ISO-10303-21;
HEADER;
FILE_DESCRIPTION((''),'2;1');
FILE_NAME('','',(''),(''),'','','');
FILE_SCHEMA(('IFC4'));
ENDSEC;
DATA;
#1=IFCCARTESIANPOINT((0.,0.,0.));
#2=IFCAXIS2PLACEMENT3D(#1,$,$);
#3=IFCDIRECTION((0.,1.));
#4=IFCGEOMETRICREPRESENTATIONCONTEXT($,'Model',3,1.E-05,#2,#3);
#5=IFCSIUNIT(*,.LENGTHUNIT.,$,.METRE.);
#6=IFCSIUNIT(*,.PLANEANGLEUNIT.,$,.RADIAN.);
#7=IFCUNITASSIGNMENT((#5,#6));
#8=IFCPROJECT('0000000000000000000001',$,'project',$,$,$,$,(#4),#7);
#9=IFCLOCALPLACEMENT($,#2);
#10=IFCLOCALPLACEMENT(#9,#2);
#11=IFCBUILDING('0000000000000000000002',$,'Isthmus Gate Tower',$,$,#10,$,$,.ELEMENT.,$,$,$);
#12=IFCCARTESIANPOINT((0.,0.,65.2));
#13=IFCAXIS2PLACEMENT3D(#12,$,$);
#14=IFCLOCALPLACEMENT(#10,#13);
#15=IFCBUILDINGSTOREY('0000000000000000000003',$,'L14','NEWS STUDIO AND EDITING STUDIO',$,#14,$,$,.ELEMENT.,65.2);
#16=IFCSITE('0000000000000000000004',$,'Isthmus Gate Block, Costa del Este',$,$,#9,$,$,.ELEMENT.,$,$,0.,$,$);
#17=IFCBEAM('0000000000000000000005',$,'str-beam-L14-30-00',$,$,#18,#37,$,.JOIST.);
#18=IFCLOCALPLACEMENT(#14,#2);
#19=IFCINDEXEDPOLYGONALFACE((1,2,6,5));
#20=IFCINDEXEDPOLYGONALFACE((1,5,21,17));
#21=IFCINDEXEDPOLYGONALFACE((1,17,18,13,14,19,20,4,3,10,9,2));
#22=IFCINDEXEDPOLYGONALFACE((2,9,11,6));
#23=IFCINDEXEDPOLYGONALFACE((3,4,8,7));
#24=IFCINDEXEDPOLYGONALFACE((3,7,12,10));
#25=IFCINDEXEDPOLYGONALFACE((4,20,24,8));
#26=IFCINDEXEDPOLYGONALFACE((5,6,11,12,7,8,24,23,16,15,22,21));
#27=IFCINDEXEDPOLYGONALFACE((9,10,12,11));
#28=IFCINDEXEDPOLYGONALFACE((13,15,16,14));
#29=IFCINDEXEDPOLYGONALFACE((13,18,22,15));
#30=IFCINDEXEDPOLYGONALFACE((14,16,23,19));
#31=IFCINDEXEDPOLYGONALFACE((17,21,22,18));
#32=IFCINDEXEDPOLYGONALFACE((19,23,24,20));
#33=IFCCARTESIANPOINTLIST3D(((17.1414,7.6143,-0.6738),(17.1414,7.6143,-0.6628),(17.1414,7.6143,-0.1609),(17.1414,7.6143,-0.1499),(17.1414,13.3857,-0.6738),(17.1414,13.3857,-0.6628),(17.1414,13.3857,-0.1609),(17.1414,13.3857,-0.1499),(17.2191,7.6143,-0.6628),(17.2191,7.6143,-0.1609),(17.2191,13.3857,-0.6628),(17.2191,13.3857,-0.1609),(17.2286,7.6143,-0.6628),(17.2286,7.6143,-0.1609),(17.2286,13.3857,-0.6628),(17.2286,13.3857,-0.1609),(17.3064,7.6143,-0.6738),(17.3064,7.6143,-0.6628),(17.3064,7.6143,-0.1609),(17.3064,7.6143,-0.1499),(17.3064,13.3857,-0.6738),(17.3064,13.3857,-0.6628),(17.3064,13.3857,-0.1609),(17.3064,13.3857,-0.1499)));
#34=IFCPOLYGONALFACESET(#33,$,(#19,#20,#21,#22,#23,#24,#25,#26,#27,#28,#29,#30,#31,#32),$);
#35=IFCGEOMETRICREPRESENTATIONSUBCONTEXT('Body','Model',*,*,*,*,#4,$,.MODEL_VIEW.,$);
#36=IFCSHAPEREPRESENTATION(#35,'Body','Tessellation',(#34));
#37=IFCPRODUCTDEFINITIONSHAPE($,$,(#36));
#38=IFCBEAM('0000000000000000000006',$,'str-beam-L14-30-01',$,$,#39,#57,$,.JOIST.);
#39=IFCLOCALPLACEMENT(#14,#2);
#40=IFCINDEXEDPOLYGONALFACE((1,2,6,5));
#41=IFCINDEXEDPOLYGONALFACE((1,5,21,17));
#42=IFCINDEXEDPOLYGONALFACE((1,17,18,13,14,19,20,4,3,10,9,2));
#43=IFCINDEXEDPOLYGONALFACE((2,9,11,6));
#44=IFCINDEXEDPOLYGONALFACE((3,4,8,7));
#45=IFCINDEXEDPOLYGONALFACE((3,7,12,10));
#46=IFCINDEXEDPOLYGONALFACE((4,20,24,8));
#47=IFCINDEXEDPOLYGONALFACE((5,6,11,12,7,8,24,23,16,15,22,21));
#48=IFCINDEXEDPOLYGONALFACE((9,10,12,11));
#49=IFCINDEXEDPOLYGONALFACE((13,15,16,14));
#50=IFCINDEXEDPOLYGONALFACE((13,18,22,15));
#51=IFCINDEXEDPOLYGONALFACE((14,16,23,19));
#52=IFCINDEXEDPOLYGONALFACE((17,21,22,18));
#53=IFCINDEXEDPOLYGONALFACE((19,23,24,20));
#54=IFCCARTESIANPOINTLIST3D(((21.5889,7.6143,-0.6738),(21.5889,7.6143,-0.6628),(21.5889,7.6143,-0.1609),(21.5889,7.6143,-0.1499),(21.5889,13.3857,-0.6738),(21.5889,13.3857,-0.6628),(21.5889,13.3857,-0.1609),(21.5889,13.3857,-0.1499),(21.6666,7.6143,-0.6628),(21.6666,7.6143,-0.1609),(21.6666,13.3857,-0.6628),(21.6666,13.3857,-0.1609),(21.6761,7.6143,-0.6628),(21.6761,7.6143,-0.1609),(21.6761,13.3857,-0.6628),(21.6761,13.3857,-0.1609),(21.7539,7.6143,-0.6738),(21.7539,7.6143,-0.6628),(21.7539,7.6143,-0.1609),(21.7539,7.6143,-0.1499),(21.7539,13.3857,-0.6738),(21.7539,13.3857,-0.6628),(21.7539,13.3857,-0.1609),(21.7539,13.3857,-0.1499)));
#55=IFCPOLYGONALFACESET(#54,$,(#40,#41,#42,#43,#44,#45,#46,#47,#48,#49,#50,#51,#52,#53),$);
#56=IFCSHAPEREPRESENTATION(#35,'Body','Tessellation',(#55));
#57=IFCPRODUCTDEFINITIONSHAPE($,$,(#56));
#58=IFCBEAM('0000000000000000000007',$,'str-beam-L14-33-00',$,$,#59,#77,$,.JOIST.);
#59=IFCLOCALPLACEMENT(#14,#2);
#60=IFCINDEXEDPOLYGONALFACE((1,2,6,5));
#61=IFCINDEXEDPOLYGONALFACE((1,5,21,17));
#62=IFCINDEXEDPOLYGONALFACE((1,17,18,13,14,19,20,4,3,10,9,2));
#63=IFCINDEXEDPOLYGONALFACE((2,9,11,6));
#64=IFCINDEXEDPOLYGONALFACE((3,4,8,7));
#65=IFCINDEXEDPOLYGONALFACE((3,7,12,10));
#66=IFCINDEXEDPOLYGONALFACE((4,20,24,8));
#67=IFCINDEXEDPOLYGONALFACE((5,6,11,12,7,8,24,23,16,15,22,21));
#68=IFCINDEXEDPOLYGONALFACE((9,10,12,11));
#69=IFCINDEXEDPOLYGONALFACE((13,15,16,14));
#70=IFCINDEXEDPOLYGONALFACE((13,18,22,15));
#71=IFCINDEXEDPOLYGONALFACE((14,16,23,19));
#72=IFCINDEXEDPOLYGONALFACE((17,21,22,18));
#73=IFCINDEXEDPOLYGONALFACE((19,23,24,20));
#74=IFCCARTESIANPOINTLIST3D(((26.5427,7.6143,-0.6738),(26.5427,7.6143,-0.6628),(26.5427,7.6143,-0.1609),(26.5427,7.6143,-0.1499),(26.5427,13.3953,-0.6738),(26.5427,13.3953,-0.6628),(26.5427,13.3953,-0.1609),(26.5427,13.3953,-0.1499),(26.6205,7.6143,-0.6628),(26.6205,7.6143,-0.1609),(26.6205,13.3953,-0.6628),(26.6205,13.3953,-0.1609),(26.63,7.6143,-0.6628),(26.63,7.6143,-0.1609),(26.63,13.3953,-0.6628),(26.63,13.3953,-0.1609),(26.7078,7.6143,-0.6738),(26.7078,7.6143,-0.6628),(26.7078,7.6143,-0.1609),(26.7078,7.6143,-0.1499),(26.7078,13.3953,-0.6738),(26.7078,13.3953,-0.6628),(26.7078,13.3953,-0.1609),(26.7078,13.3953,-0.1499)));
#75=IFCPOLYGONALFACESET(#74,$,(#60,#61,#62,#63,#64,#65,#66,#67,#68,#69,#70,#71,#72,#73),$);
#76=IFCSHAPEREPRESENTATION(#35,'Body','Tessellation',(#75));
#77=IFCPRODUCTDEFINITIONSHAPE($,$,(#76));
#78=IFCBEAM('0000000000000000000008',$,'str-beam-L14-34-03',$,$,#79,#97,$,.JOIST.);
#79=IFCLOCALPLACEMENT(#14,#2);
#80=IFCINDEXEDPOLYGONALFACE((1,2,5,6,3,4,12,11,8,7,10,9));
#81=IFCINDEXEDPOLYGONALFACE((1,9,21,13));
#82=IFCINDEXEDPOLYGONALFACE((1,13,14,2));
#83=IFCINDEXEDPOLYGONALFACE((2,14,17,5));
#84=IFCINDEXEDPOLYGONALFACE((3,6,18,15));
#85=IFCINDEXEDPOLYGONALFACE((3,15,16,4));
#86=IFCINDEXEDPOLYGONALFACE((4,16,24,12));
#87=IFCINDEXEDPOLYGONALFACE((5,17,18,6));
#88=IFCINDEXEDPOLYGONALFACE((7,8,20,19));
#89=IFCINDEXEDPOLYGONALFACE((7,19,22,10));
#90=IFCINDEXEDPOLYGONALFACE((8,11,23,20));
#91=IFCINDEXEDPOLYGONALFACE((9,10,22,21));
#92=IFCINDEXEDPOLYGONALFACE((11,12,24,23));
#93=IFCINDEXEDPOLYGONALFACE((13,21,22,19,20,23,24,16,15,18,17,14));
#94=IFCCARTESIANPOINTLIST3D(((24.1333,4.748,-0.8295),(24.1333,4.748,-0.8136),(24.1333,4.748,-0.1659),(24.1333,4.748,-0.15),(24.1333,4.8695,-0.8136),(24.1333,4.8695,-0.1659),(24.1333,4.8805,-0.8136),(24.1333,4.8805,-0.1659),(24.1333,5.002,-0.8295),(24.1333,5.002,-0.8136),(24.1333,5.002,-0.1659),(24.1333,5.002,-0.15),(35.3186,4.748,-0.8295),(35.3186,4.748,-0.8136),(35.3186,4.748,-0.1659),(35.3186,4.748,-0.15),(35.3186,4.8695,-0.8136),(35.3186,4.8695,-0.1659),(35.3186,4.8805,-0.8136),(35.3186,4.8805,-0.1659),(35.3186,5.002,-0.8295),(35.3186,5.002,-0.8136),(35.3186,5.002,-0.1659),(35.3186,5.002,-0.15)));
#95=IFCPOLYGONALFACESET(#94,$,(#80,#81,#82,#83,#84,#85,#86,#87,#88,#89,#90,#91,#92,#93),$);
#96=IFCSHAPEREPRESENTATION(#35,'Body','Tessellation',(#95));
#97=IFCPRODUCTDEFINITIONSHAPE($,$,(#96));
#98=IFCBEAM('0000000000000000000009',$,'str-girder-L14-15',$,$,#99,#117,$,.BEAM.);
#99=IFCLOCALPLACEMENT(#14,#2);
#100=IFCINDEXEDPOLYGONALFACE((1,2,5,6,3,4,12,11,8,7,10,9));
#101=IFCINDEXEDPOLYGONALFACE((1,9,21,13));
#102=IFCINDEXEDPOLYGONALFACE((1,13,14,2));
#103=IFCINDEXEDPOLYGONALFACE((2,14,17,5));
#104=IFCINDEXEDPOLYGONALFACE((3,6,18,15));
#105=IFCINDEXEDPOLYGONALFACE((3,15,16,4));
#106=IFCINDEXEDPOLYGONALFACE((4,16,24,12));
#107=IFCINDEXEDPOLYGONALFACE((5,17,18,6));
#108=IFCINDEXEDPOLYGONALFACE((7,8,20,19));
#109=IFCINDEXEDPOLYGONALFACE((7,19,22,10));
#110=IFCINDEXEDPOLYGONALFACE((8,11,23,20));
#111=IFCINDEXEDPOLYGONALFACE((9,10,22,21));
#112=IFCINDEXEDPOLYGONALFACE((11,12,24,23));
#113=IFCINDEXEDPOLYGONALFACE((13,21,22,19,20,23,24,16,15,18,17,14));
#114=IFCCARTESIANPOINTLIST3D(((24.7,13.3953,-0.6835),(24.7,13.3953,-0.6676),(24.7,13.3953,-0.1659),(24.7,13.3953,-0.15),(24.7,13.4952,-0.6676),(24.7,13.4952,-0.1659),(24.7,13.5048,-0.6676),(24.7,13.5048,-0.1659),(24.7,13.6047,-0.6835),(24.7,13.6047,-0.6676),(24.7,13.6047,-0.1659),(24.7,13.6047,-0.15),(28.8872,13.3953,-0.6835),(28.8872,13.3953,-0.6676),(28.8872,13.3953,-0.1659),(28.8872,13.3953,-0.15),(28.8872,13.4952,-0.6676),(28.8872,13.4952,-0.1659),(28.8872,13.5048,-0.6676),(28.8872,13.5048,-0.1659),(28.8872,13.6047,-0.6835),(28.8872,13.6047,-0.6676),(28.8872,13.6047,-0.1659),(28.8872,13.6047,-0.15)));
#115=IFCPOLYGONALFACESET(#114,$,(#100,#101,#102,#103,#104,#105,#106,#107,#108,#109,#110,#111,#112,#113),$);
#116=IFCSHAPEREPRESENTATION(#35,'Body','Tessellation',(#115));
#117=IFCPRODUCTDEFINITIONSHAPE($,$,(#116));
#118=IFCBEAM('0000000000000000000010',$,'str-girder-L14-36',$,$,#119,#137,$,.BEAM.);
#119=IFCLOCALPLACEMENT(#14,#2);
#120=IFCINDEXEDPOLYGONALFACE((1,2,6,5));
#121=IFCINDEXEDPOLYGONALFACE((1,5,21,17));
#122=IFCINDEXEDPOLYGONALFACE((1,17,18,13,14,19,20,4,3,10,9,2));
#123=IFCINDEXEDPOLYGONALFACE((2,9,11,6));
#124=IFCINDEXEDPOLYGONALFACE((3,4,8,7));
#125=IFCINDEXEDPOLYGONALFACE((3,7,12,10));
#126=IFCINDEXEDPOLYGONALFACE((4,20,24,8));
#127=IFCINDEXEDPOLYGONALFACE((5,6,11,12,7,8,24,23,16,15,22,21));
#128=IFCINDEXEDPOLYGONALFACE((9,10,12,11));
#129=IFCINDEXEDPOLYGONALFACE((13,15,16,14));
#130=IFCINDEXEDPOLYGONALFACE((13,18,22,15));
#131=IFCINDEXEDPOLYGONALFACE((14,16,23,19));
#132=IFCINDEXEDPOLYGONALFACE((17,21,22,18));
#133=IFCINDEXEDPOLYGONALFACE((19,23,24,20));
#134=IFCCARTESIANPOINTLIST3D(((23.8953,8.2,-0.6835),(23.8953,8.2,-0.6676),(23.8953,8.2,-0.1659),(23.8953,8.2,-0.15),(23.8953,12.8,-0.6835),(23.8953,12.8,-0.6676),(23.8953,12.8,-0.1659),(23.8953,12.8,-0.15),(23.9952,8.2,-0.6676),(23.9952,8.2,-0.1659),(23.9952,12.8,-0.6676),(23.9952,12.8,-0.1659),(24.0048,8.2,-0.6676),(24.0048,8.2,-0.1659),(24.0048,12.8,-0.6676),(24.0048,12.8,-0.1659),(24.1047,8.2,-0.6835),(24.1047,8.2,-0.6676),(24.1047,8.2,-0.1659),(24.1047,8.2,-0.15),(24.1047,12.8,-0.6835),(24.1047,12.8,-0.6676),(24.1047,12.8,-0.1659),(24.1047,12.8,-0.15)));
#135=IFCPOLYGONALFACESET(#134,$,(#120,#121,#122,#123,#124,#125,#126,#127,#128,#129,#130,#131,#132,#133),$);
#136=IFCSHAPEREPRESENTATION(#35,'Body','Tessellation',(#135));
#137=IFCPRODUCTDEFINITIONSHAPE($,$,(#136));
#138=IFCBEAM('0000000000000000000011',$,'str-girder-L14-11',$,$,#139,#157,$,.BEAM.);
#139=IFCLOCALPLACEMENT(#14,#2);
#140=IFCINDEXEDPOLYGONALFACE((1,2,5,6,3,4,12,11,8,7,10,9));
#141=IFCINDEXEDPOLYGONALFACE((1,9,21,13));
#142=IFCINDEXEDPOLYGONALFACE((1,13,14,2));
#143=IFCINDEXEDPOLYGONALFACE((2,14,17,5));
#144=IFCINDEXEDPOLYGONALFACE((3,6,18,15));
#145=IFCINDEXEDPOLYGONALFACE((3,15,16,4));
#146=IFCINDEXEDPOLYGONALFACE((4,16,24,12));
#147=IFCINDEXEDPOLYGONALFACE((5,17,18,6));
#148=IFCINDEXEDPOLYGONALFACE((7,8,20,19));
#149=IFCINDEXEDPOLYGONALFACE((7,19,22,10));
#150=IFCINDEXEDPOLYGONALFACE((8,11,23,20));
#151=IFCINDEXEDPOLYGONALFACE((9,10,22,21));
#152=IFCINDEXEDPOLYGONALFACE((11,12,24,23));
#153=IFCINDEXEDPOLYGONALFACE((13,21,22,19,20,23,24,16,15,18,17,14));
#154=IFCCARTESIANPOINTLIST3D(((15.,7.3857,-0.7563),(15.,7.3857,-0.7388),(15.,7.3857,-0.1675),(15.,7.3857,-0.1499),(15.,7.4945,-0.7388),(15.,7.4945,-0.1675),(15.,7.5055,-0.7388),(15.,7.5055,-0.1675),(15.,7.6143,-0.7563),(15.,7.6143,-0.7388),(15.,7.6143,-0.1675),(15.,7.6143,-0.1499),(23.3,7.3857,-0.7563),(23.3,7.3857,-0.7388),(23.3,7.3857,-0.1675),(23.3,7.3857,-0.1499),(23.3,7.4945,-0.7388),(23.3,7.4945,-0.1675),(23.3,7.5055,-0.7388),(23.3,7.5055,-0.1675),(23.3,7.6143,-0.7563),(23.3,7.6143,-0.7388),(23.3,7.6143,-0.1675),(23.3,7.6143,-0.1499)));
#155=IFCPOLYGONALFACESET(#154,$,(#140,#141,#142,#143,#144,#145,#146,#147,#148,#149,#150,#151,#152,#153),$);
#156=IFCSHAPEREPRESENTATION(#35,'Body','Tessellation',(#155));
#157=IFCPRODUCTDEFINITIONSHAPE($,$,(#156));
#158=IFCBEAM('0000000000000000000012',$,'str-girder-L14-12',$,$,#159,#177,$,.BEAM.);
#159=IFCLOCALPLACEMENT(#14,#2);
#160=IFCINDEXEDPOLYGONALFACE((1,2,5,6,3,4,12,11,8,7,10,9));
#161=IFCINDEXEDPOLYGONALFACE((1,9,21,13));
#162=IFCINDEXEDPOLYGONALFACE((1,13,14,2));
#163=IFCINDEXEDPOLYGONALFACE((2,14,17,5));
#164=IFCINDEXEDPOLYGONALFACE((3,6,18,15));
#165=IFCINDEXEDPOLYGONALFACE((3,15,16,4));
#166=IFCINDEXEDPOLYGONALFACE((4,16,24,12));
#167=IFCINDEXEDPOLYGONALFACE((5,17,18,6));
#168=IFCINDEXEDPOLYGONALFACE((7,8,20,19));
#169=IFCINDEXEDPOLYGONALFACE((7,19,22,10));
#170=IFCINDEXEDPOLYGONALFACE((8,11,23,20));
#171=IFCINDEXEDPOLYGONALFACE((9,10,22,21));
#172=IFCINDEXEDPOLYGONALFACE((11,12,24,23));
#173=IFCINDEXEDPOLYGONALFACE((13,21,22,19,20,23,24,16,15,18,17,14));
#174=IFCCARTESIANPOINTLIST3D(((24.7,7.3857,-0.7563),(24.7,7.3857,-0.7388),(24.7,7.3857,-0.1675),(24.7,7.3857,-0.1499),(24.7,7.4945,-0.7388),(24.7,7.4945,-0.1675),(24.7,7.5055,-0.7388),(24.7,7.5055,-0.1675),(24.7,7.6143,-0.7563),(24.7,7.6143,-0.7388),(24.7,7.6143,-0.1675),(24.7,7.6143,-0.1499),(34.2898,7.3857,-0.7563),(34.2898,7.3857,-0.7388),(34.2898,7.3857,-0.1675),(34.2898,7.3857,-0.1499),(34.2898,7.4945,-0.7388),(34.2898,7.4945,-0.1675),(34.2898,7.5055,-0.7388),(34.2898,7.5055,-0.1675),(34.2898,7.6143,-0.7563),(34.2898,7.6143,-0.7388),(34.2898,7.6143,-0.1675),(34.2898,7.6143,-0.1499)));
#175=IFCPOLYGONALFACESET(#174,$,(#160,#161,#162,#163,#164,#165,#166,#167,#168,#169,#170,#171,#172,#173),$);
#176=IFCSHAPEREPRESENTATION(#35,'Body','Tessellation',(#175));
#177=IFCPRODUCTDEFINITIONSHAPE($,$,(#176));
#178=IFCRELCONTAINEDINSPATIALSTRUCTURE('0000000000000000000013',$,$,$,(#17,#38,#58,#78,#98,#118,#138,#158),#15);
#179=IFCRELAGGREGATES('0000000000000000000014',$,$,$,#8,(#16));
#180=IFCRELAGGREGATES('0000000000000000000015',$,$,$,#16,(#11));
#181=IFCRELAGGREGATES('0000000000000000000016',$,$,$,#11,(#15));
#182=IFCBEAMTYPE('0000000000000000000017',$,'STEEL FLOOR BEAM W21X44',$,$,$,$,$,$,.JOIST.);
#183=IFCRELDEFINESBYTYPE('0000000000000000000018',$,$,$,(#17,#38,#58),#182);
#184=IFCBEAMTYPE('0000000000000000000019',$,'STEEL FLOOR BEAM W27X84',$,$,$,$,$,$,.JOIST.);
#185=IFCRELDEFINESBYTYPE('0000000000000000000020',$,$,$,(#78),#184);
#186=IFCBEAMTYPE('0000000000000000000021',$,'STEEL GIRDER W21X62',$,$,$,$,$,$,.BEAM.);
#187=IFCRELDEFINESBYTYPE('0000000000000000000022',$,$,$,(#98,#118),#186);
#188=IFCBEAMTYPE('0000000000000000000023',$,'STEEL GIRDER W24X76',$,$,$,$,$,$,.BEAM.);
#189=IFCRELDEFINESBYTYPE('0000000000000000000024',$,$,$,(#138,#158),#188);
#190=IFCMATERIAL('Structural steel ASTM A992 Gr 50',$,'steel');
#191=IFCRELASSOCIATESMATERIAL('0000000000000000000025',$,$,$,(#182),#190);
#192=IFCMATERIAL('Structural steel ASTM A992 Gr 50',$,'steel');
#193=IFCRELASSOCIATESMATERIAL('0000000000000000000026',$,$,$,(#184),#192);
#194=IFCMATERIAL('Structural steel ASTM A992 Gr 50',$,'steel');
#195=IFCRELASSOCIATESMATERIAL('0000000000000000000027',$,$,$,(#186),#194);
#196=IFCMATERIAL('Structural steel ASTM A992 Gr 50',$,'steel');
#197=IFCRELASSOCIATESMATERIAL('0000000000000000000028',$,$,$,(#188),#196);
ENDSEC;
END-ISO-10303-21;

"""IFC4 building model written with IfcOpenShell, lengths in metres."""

from ifc_helpers import new_model, si_unit, direction, frame, origin, origin_2d, place, context, subcontext, project, spatial, i_section, extrude, material, material_profile, profile_set, type_object, element, save


model = new_model("IFC4")

# Units and contexts
model_context = context("Model", 3, precision=1e-05, world=origin(), true_north=direction((0.0, 1.0)))
body_context = subcontext(model_context, "Body", "Model", "MODEL_VIEW")
ifc_project = project(units=[si_unit("LENGTHUNIT", "METRE"), si_unit("PLANEANGLEUNIT", "RADIAN")], contexts=[model_context])

# Site, building, storey
site_placement = place(None, origin())
site = spatial("IfcSite", under=ifc_project, at=site_placement, Name="Isthmus Gate Block, Costa del Este", CompositionType="ELEMENT", RefElevation=0.0)
building_placement = place(site_placement, origin())
building = spatial("IfcBuilding", under=site, at=building_placement, Name="Isthmus Gate Tower", CompositionType="ELEMENT")
storey_placement = place(building_placement, frame((0.0, 0.0, 65.2)))
storey = spatial("IfcBuildingStorey", under=building, at=storey_placement, Name="L14", Description="NEWS STUDIO AND EDITING STUDIO", CompositionType="ELEMENT", Elevation=65.2)

# Beams
ifc_material_1 = material(Name="Structural steel ASTM A992 Gr 50", Category="steel")
ifc_material_profile_1 = material_profile(ifc_material_1, i_section(OverallWidth=0.165, OverallDepth=0.5239, WebThickness=0.0095, FlangeThickness=0.011, at=origin_2d()), Name="W21X44")
ifc_profile_set_1 = profile_set([ifc_material_profile_1], Name="Structural steel ASTM A992 Gr 50")
beam_type_1 = type_object("IfcBeamType", Name="STEEL FLOOR BEAM W21X44", PredefinedType="JOIST", material=ifc_profile_set_1)
for number, where, z_axis, x_axis, name in (
    (1, (17.2239, 7.6143, -0.4119), (0.0, 1.0, 0.0), (-1.0, 0.0, 0.0), "str-beam-L14-30-00"),
    (2, (21.6714, 7.6143, -0.4119), (0.0, 1.0, 0.0), (-1.0, 0.0, 0.0), "str-beam-L14-30-01"),
):
    element("IfcBeam", number, at=place(storey_placement, frame(where, z_axis=z_axis, x_axis=x_axis)), inside=storey, type_object=beam_type_1, Name=name, PredefinedType="JOIST", context=body_context, shape_type="SweptSolid", body=[
        extrude(i_section(OverallWidth=0.165, OverallDepth=0.5239, WebThickness=0.0095, FlangeThickness=0.011, at=origin_2d()), origin(), (0.0, 0.0, 1.0), 5.7715),
    ])
beam_1_placement = place(storey_placement, frame((26.6252, 7.6143, -0.4119), z_axis=(0.0, 1.0, 0.0), x_axis=(-1.0, 0.0, 0.0)))
element("IfcBeam", 3, at=beam_1_placement, inside=storey, type_object=beam_type_1, Name="str-beam-L14-33-00", PredefinedType="JOIST", context=body_context, shape_type="SweptSolid", body=[
    extrude(i_section(OverallWidth=0.165, OverallDepth=0.5239, WebThickness=0.0095, FlangeThickness=0.011, at=origin_2d()), origin(), (0.0, 0.0, 1.0), 5.781),
])
ifc_material_2 = material(Name="Structural steel ASTM A992 Gr 50", Category="steel")
ifc_material_profile_2 = material_profile(ifc_material_2, i_section(OverallWidth=0.2539, OverallDepth=0.6794, WebThickness=0.011, FlangeThickness=0.0159, at=origin_2d()), Name="W27X84")
ifc_profile_set_2 = profile_set([ifc_material_profile_2], Name="Structural steel ASTM A992 Gr 50")
beam_type_2 = type_object("IfcBeamType", Name="STEEL FLOOR BEAM W27X84", PredefinedType="JOIST", material=ifc_profile_set_2)
beam_2_placement = place(storey_placement, frame((24.1333, 4.875, -0.4897), z_axis=(1.0, 0.0, 0.0), x_axis=(0.0, 1.0, 0.0)))
element("IfcBeam", 4, at=beam_2_placement, inside=storey, type_object=beam_type_2, Name="str-beam-L14-34-03", PredefinedType="JOIST", context=body_context, shape_type="SweptSolid", body=[
    extrude(i_section(OverallWidth=0.2539, OverallDepth=0.6794, WebThickness=0.011, FlangeThickness=0.0159, at=origin_2d()), origin(), (0.0, 0.0, 1.0), 11.1853),
])
ifc_material_3 = material(Name="Structural steel ASTM A992 Gr 50", Category="steel")
ifc_material_profile_3 = material_profile(ifc_material_3, i_section(OverallWidth=0.2095, OverallDepth=0.5334, WebThickness=0.0095, FlangeThickness=0.0159, at=origin_2d()), Name="W21X62")
ifc_profile_set_3 = profile_set([ifc_material_profile_3], Name="Structural steel ASTM A992 Gr 50")
beam_type_3 = type_object("IfcBeamType", Name="STEEL GIRDER W21X62", PredefinedType="BEAM", material=ifc_profile_set_3)
beam_3_placement = place(storey_placement, frame((24.7, 13.5, -0.4167), z_axis=(1.0, 0.0, 0.0), x_axis=(0.0, 1.0, 0.0)))
element("IfcBeam", 5, at=beam_3_placement, inside=storey, type_object=beam_type_3, Name="str-girder-L14-15", PredefinedType="BEAM", context=body_context, shape_type="SweptSolid", body=[
    extrude(i_section(OverallWidth=0.2095, OverallDepth=0.5334, WebThickness=0.0095, FlangeThickness=0.0159, at=origin_2d()), origin(), (0.0, 0.0, 1.0), 4.1873),
])
beam_4_placement = place(storey_placement, frame((24.0, 8.2, -0.4167), z_axis=(0.0, 1.0, 0.0), x_axis=(-1.0, 0.0, 0.0)))
element("IfcBeam", 6, at=beam_4_placement, inside=storey, type_object=beam_type_3, Name="str-girder-L14-36", PredefinedType="BEAM", context=body_context, shape_type="SweptSolid", body=[
    extrude(i_section(OverallWidth=0.2095, OverallDepth=0.5334, WebThickness=0.0095, FlangeThickness=0.0159, at=origin_2d()), origin(), (0.0, 0.0, 1.0), 4.6001),
])
ifc_material_4 = material(Name="Structural steel ASTM A992 Gr 50", Category="steel")
ifc_material_profile_4 = material_profile(ifc_material_4, i_section(OverallWidth=0.2285, OverallDepth=0.6064, WebThickness=0.011, FlangeThickness=0.0176, at=origin_2d()), Name="W24X76")
ifc_profile_set_4 = profile_set([ifc_material_profile_4], Name="Structural steel ASTM A992 Gr 50")
beam_type_4 = type_object("IfcBeamType", Name="STEEL GIRDER W24X76", PredefinedType="BEAM", material=ifc_profile_set_4)
beam_5_placement = place(storey_placement, frame((15.0, 7.5, -0.4531), z_axis=(1.0, 0.0, 0.0), x_axis=(0.0, 1.0, 0.0)))
element("IfcBeam", 7, at=beam_5_placement, inside=storey, type_object=beam_type_4, Name="str-girder-L14-11", PredefinedType="BEAM", context=body_context, shape_type="SweptSolid", body=[
    extrude(i_section(OverallWidth=0.2285, OverallDepth=0.6064, WebThickness=0.011, FlangeThickness=0.0176, at=origin_2d()), origin(), (0.0, 0.0, 1.0), 8.3),
])
beam_6_placement = place(storey_placement, frame((24.7, 7.5, -0.4531), z_axis=(1.0, 0.0, 0.0), x_axis=(0.0, 1.0, 0.0)))
element("IfcBeam", 8, at=beam_6_placement, inside=storey, type_object=beam_type_4, Name="str-girder-L14-12", PredefinedType="BEAM", context=body_context, shape_type="SweptSolid", body=[
    extrude(i_section(OverallWidth=0.2285, OverallDepth=0.6064, WebThickness=0.011, FlangeThickness=0.0176, at=origin_2d()), origin(), (0.0, 0.0, 1.0), 9.5898),
])

save(model, "model.ifc")
